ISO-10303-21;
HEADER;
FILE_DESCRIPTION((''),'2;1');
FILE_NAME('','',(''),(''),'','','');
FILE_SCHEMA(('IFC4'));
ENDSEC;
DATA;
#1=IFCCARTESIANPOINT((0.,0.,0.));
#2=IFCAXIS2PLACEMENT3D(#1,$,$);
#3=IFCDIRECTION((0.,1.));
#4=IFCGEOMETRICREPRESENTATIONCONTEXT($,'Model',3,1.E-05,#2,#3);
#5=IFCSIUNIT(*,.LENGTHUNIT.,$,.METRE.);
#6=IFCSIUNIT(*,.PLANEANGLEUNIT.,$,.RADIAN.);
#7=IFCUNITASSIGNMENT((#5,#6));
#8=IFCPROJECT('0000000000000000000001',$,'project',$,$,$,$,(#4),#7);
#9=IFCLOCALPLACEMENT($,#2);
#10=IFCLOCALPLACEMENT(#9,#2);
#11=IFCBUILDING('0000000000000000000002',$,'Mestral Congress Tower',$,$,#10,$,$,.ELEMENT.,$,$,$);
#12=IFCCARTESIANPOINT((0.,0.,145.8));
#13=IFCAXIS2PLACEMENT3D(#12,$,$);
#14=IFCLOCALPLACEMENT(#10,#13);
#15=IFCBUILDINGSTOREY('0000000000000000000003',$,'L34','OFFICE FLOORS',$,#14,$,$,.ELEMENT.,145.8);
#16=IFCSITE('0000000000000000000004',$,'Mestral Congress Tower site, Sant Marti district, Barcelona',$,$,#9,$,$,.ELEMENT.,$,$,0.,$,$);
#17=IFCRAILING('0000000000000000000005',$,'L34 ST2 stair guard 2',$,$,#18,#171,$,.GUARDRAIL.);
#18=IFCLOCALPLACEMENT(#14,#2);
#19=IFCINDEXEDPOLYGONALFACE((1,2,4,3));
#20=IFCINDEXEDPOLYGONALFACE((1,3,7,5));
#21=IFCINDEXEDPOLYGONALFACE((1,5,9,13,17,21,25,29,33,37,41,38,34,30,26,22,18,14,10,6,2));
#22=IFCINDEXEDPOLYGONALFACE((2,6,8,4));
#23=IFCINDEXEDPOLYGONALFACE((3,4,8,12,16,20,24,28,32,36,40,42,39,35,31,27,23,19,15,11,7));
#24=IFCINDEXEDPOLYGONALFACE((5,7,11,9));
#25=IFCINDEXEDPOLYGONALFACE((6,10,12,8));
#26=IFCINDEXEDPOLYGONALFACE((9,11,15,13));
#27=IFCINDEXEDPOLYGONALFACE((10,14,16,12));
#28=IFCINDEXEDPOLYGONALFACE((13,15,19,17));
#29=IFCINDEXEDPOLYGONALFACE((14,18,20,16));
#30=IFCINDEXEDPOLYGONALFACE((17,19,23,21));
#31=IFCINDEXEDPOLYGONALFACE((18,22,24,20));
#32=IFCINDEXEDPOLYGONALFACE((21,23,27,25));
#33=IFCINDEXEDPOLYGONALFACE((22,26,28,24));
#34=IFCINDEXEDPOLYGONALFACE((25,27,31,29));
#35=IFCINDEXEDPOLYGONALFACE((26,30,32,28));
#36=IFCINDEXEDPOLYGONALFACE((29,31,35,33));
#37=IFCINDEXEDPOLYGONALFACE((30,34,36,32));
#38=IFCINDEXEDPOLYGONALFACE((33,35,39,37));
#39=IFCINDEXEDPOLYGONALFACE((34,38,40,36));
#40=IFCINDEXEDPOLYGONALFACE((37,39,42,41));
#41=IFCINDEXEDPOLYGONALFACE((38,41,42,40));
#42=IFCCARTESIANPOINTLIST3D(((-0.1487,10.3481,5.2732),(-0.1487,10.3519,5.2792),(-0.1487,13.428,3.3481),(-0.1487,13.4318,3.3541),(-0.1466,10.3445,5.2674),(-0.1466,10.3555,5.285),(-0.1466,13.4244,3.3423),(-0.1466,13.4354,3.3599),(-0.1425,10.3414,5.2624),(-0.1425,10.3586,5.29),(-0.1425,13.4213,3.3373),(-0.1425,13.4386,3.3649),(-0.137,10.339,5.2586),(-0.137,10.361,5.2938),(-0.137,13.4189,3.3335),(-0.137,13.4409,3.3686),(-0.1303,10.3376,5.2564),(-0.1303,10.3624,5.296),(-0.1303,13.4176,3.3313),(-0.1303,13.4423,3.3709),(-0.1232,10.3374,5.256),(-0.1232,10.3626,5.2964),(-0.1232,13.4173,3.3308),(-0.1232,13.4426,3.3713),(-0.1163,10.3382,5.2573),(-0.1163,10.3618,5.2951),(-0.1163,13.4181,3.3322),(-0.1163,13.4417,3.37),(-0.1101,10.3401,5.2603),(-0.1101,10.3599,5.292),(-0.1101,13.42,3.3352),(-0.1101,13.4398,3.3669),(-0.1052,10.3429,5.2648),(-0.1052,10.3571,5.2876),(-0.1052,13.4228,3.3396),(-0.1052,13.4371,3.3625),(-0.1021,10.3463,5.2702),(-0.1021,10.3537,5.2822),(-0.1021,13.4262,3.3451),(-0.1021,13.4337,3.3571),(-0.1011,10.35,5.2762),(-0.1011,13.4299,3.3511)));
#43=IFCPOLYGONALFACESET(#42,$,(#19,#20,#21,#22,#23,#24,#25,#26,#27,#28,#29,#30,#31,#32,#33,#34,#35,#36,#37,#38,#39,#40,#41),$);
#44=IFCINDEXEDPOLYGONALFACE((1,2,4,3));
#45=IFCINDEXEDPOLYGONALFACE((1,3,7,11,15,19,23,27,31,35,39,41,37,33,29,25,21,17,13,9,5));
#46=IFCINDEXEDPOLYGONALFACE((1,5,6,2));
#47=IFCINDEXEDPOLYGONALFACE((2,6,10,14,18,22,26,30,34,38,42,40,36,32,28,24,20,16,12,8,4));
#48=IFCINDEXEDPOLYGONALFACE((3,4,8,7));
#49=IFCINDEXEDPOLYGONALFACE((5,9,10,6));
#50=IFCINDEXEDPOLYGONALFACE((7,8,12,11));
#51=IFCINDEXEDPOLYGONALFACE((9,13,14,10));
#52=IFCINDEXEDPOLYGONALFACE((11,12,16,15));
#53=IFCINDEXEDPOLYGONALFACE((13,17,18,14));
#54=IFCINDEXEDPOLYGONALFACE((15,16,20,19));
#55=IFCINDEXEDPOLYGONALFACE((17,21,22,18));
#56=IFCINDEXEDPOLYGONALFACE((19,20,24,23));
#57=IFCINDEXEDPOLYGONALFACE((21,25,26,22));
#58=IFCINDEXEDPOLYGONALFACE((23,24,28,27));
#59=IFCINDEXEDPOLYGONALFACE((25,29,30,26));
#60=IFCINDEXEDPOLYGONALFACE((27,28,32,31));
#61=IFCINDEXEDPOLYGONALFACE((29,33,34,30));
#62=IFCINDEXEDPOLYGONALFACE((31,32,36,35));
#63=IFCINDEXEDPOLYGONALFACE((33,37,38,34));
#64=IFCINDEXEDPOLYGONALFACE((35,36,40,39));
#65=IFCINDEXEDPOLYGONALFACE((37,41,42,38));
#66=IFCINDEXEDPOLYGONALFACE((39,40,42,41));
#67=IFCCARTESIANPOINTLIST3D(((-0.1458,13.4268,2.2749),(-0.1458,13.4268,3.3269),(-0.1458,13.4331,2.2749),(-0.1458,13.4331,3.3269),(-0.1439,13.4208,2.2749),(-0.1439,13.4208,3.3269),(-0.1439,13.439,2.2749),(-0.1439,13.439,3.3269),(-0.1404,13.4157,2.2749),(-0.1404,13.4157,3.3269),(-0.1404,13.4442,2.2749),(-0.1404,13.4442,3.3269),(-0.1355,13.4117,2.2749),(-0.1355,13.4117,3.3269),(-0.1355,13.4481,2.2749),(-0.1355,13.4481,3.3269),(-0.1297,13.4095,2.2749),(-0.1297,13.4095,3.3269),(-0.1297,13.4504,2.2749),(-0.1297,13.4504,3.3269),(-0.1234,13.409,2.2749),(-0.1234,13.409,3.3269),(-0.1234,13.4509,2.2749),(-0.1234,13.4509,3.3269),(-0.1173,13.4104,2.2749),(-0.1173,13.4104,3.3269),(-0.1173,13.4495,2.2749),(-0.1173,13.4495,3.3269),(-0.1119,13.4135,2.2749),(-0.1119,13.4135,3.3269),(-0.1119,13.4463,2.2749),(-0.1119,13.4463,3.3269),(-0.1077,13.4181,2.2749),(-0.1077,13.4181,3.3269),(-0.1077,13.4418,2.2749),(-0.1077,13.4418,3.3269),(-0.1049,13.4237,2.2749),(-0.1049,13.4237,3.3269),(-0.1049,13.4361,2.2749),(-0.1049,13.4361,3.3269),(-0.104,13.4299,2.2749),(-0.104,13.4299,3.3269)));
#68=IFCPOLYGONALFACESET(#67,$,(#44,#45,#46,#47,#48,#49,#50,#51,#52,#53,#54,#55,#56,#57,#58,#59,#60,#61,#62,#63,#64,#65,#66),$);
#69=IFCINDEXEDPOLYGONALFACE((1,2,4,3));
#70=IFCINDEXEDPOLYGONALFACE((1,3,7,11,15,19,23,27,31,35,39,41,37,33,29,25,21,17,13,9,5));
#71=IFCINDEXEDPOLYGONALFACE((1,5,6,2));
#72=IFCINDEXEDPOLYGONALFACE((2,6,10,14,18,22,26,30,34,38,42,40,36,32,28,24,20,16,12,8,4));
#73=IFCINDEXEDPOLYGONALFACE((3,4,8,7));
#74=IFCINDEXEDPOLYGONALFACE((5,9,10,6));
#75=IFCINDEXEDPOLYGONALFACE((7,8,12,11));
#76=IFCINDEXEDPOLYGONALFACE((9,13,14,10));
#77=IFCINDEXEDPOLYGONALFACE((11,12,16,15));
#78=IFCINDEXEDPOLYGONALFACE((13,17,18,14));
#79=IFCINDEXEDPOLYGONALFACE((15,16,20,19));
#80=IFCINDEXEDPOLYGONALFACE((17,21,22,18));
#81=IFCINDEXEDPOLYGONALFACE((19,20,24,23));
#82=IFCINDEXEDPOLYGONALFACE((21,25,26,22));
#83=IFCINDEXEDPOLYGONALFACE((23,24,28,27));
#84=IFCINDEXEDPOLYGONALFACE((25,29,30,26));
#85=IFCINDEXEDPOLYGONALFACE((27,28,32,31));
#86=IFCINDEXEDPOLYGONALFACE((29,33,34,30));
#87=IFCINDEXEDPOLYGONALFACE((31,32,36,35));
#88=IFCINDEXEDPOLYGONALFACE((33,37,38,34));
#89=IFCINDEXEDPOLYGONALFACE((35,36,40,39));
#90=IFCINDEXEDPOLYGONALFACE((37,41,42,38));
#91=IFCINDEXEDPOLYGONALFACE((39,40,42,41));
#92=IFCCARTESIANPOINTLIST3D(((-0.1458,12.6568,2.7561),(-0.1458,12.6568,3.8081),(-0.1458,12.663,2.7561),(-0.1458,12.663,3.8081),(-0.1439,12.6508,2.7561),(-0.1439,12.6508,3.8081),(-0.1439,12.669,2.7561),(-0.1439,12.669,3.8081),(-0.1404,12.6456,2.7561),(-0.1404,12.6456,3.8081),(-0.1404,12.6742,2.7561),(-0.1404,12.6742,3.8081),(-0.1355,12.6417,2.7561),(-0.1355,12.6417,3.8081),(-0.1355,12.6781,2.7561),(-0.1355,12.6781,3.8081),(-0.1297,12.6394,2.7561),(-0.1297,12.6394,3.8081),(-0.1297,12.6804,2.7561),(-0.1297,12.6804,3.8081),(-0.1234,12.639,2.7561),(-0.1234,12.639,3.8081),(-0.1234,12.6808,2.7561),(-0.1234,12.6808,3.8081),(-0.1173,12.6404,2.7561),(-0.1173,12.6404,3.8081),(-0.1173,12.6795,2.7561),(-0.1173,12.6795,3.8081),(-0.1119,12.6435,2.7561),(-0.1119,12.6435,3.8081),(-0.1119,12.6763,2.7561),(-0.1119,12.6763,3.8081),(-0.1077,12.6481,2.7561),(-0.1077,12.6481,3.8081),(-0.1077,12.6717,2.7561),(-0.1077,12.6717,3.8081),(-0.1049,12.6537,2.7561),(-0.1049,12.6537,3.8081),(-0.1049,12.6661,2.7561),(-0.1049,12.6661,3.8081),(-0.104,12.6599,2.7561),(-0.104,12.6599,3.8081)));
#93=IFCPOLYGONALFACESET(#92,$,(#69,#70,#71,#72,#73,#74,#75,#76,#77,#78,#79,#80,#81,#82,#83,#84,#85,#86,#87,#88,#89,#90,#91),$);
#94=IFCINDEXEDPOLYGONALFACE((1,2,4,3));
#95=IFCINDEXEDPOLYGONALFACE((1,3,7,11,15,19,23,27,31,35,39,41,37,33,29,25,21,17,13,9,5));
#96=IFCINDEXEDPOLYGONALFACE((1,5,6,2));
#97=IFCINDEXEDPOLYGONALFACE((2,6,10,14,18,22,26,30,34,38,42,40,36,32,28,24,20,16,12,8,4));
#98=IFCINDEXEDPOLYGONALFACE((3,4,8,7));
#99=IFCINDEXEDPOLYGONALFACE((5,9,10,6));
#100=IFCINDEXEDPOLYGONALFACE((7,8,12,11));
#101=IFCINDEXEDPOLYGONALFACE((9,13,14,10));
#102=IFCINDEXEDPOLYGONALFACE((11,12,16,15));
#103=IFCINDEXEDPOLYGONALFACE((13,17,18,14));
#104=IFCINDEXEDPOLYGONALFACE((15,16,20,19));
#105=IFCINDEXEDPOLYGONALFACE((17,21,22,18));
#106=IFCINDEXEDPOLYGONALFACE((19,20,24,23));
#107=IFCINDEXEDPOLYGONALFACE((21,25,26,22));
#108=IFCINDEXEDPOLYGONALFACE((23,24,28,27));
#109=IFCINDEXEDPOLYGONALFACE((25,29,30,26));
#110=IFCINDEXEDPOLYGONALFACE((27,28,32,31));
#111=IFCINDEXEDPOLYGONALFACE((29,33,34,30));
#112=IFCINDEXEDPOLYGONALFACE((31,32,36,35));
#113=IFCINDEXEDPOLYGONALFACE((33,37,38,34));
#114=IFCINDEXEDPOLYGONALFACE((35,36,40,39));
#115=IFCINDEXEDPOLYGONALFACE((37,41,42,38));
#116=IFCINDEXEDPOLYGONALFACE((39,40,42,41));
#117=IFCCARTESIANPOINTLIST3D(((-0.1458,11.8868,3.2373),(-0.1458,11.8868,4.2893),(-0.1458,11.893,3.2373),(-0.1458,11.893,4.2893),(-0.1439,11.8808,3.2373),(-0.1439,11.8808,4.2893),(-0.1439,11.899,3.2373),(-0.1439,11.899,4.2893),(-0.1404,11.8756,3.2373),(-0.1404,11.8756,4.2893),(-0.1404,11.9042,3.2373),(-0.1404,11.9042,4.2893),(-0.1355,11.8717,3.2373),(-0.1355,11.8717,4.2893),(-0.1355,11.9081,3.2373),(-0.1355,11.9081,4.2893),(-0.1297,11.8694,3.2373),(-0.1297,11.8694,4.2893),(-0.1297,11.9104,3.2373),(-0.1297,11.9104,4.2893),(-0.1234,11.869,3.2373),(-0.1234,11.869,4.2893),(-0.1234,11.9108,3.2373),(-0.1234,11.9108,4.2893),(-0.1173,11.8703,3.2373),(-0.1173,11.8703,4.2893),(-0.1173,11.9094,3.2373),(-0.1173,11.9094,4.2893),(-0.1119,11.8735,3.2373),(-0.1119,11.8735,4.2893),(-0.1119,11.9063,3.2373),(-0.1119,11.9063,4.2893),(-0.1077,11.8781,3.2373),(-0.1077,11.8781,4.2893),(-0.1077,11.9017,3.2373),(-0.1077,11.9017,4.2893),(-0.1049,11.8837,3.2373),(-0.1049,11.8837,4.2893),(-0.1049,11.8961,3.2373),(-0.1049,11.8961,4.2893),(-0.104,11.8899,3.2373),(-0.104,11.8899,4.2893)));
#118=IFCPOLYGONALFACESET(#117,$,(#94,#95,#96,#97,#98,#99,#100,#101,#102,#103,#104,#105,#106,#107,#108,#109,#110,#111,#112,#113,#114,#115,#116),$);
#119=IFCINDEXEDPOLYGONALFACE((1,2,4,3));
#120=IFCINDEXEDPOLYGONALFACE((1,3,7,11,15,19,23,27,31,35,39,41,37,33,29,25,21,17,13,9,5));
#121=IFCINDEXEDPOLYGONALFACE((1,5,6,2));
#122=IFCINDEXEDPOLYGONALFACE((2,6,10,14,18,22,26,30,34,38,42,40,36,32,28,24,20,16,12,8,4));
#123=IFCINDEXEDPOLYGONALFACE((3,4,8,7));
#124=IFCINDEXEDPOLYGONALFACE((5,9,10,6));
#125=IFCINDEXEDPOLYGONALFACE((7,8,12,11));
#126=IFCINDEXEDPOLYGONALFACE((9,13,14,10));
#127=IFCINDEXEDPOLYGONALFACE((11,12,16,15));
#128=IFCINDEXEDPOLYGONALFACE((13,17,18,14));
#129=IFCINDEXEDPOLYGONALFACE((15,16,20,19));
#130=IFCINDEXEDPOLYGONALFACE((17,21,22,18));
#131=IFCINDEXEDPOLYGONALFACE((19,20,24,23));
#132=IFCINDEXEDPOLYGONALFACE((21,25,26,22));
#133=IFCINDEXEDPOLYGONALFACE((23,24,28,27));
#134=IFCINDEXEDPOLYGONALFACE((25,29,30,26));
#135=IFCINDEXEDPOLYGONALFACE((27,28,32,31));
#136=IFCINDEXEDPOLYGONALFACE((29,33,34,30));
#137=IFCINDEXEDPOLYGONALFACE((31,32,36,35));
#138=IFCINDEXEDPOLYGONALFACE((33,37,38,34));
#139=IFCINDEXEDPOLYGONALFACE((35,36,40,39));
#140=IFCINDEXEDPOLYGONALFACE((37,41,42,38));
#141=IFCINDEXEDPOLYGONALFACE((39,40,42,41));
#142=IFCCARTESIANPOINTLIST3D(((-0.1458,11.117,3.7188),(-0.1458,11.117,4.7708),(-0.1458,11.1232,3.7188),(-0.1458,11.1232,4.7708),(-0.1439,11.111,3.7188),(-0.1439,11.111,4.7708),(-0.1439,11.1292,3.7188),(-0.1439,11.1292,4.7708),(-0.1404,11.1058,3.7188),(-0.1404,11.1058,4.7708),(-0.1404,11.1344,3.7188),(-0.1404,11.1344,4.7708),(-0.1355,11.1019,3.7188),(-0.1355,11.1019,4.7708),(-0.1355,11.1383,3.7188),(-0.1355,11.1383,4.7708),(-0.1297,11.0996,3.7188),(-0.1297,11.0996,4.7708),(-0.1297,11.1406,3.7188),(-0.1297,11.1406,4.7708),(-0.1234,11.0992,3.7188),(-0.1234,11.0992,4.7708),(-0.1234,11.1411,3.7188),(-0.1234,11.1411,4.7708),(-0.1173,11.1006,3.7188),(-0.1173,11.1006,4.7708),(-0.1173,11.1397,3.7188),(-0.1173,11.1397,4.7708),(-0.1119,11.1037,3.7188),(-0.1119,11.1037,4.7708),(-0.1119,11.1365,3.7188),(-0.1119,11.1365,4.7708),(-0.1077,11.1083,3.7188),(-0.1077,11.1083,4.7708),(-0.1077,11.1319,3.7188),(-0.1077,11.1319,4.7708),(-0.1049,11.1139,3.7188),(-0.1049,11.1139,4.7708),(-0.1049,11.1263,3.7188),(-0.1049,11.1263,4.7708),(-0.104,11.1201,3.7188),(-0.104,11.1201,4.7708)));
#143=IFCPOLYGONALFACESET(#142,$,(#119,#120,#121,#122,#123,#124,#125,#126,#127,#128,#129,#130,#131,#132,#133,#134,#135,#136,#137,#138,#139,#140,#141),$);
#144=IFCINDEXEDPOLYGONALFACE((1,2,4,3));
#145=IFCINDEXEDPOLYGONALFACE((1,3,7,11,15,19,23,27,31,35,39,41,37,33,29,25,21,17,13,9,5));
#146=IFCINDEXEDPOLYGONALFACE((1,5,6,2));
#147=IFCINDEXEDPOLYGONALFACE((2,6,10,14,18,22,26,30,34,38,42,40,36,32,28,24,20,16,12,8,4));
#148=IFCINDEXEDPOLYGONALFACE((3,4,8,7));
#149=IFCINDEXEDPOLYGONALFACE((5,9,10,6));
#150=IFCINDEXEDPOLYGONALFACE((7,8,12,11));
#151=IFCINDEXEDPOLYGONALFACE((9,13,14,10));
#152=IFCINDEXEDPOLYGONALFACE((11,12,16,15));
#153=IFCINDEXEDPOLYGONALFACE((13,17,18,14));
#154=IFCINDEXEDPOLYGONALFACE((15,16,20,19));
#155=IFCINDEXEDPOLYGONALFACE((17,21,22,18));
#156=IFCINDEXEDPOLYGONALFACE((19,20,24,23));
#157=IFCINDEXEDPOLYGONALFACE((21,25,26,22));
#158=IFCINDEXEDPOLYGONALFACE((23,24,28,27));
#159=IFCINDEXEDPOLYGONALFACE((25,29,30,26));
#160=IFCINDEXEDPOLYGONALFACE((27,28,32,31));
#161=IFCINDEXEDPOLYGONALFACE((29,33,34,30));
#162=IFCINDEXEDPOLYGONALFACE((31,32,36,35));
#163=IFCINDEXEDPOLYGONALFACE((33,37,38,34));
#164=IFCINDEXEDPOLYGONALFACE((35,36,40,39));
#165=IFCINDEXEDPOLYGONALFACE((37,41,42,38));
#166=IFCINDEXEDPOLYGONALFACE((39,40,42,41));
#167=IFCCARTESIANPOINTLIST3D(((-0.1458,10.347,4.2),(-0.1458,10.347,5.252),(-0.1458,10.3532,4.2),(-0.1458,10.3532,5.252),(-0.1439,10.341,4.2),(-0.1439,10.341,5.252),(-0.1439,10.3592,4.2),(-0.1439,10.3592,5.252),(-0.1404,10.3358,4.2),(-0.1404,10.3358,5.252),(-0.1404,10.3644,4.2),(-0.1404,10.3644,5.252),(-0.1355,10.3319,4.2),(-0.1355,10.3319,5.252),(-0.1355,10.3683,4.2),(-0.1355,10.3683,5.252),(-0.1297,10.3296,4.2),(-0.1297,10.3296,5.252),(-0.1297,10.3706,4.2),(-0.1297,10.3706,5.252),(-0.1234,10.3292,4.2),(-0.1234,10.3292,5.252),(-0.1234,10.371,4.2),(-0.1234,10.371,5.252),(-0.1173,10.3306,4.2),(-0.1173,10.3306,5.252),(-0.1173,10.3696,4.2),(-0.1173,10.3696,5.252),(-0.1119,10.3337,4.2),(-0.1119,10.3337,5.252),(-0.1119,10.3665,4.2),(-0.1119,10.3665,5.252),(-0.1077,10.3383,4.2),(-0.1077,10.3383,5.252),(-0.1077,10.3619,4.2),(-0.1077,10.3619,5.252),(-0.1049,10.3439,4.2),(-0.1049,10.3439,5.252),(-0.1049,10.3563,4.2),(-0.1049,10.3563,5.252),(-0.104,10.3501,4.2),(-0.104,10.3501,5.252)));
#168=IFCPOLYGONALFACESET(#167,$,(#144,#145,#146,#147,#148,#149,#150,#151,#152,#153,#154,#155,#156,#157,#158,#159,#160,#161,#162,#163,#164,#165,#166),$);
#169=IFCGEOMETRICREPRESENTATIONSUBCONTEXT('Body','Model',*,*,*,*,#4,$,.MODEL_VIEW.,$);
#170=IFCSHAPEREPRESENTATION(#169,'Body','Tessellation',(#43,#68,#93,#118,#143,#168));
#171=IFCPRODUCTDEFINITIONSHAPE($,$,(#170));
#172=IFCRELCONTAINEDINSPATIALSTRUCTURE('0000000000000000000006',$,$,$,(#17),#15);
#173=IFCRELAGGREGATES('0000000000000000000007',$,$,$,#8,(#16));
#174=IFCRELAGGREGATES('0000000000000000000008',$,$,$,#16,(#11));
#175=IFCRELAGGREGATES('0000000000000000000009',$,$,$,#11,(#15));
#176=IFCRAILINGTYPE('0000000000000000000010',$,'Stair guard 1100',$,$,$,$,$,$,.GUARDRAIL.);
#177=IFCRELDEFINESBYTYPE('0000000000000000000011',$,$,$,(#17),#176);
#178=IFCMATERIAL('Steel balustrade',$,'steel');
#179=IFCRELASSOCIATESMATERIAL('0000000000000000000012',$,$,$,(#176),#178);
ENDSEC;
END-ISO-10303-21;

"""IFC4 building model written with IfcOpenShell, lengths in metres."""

from ifc_helpers import new_model, si_unit, direction, frame, origin, origin_2d, place, context, subcontext, project, spatial, circle, extrude, material, type_object, element, save


model = new_model("IFC4")

# Units and contexts
model_context = context("Model", 3, precision=1e-05, world=origin(), true_north=direction((0.0, 1.0)))
body_context = subcontext(model_context, "Body", "Model", "MODEL_VIEW")
ifc_project = project(units=[si_unit("LENGTHUNIT", "METRE"), si_unit("PLANEANGLEUNIT", "RADIAN")], contexts=[model_context])

# Site, building, storey
site_placement = place(None, origin())
site = spatial("IfcSite", under=ifc_project, at=site_placement, Name="Mestral Congress Tower site, Sant Marti district, Barcelona", CompositionType="ELEMENT", RefElevation=0.0)
building_placement = place(site_placement, origin())
building = spatial("IfcBuilding", under=site, at=building_placement, Name="Mestral Congress Tower", CompositionType="ELEMENT")
storey_placement = place(building_placement, frame((0.0, 0.0, 145.8)))
storey = spatial("IfcBuildingStorey", under=building, at=storey_placement, Name="L34", Description="OFFICE FLOORS", CompositionType="ELEMENT", Elevation=145.8)

# Railing
ifc_material_1 = material(Name="Steel balustrade", Category="steel")
railing_type = type_object("IfcRailingType", Name="Stair guard 1100", PredefinedType="GUARDRAIL", material=ifc_material_1)
railing_placement = place(storey_placement, frame((-0.125, 13.4299, 2.2749)))
element("IfcRailing", 1, at=railing_placement, inside=storey, type_object=railing_type, Name="L34 ST2 stair guard 2", PredefinedType="GUARDRAIL", context=body_context, shape_type="SweptSolid", body=[
    extrude(circle(Radius=0.0239, at=origin_2d()), frame((0.0, 0.0, 1.0762), z_axis=(0.0, -0.847979, 0.530029), x_axis=(1.0, 0.0, 0.0)), (0.0, 0.0, 1.0), 3.6321),
    extrude(circle(Radius=0.021, at=origin_2d()), origin(), (0.0, 0.0, 1.0), 1.052),
    extrude(circle(Radius=0.021, at=origin_2d()), frame((0.0, -0.77, 0.4812)), (0.0, 0.0, 1.0), 1.052),
    extrude(circle(Radius=0.021, at=origin_2d()), frame((0.0, -1.54, 0.9624)), (0.0, 0.0, 1.0), 1.052),
    extrude(circle(Radius=0.021, at=origin_2d()), frame((0.0, -2.3098, 1.4438)), (0.0, 0.0, 1.0), 1.052),
    extrude(circle(Radius=0.021, at=origin_2d()), frame((0.0, -3.0798, 1.925)), (0.0, 0.0, 1.0), 1.052),
])

save(model, "model.ifc")
